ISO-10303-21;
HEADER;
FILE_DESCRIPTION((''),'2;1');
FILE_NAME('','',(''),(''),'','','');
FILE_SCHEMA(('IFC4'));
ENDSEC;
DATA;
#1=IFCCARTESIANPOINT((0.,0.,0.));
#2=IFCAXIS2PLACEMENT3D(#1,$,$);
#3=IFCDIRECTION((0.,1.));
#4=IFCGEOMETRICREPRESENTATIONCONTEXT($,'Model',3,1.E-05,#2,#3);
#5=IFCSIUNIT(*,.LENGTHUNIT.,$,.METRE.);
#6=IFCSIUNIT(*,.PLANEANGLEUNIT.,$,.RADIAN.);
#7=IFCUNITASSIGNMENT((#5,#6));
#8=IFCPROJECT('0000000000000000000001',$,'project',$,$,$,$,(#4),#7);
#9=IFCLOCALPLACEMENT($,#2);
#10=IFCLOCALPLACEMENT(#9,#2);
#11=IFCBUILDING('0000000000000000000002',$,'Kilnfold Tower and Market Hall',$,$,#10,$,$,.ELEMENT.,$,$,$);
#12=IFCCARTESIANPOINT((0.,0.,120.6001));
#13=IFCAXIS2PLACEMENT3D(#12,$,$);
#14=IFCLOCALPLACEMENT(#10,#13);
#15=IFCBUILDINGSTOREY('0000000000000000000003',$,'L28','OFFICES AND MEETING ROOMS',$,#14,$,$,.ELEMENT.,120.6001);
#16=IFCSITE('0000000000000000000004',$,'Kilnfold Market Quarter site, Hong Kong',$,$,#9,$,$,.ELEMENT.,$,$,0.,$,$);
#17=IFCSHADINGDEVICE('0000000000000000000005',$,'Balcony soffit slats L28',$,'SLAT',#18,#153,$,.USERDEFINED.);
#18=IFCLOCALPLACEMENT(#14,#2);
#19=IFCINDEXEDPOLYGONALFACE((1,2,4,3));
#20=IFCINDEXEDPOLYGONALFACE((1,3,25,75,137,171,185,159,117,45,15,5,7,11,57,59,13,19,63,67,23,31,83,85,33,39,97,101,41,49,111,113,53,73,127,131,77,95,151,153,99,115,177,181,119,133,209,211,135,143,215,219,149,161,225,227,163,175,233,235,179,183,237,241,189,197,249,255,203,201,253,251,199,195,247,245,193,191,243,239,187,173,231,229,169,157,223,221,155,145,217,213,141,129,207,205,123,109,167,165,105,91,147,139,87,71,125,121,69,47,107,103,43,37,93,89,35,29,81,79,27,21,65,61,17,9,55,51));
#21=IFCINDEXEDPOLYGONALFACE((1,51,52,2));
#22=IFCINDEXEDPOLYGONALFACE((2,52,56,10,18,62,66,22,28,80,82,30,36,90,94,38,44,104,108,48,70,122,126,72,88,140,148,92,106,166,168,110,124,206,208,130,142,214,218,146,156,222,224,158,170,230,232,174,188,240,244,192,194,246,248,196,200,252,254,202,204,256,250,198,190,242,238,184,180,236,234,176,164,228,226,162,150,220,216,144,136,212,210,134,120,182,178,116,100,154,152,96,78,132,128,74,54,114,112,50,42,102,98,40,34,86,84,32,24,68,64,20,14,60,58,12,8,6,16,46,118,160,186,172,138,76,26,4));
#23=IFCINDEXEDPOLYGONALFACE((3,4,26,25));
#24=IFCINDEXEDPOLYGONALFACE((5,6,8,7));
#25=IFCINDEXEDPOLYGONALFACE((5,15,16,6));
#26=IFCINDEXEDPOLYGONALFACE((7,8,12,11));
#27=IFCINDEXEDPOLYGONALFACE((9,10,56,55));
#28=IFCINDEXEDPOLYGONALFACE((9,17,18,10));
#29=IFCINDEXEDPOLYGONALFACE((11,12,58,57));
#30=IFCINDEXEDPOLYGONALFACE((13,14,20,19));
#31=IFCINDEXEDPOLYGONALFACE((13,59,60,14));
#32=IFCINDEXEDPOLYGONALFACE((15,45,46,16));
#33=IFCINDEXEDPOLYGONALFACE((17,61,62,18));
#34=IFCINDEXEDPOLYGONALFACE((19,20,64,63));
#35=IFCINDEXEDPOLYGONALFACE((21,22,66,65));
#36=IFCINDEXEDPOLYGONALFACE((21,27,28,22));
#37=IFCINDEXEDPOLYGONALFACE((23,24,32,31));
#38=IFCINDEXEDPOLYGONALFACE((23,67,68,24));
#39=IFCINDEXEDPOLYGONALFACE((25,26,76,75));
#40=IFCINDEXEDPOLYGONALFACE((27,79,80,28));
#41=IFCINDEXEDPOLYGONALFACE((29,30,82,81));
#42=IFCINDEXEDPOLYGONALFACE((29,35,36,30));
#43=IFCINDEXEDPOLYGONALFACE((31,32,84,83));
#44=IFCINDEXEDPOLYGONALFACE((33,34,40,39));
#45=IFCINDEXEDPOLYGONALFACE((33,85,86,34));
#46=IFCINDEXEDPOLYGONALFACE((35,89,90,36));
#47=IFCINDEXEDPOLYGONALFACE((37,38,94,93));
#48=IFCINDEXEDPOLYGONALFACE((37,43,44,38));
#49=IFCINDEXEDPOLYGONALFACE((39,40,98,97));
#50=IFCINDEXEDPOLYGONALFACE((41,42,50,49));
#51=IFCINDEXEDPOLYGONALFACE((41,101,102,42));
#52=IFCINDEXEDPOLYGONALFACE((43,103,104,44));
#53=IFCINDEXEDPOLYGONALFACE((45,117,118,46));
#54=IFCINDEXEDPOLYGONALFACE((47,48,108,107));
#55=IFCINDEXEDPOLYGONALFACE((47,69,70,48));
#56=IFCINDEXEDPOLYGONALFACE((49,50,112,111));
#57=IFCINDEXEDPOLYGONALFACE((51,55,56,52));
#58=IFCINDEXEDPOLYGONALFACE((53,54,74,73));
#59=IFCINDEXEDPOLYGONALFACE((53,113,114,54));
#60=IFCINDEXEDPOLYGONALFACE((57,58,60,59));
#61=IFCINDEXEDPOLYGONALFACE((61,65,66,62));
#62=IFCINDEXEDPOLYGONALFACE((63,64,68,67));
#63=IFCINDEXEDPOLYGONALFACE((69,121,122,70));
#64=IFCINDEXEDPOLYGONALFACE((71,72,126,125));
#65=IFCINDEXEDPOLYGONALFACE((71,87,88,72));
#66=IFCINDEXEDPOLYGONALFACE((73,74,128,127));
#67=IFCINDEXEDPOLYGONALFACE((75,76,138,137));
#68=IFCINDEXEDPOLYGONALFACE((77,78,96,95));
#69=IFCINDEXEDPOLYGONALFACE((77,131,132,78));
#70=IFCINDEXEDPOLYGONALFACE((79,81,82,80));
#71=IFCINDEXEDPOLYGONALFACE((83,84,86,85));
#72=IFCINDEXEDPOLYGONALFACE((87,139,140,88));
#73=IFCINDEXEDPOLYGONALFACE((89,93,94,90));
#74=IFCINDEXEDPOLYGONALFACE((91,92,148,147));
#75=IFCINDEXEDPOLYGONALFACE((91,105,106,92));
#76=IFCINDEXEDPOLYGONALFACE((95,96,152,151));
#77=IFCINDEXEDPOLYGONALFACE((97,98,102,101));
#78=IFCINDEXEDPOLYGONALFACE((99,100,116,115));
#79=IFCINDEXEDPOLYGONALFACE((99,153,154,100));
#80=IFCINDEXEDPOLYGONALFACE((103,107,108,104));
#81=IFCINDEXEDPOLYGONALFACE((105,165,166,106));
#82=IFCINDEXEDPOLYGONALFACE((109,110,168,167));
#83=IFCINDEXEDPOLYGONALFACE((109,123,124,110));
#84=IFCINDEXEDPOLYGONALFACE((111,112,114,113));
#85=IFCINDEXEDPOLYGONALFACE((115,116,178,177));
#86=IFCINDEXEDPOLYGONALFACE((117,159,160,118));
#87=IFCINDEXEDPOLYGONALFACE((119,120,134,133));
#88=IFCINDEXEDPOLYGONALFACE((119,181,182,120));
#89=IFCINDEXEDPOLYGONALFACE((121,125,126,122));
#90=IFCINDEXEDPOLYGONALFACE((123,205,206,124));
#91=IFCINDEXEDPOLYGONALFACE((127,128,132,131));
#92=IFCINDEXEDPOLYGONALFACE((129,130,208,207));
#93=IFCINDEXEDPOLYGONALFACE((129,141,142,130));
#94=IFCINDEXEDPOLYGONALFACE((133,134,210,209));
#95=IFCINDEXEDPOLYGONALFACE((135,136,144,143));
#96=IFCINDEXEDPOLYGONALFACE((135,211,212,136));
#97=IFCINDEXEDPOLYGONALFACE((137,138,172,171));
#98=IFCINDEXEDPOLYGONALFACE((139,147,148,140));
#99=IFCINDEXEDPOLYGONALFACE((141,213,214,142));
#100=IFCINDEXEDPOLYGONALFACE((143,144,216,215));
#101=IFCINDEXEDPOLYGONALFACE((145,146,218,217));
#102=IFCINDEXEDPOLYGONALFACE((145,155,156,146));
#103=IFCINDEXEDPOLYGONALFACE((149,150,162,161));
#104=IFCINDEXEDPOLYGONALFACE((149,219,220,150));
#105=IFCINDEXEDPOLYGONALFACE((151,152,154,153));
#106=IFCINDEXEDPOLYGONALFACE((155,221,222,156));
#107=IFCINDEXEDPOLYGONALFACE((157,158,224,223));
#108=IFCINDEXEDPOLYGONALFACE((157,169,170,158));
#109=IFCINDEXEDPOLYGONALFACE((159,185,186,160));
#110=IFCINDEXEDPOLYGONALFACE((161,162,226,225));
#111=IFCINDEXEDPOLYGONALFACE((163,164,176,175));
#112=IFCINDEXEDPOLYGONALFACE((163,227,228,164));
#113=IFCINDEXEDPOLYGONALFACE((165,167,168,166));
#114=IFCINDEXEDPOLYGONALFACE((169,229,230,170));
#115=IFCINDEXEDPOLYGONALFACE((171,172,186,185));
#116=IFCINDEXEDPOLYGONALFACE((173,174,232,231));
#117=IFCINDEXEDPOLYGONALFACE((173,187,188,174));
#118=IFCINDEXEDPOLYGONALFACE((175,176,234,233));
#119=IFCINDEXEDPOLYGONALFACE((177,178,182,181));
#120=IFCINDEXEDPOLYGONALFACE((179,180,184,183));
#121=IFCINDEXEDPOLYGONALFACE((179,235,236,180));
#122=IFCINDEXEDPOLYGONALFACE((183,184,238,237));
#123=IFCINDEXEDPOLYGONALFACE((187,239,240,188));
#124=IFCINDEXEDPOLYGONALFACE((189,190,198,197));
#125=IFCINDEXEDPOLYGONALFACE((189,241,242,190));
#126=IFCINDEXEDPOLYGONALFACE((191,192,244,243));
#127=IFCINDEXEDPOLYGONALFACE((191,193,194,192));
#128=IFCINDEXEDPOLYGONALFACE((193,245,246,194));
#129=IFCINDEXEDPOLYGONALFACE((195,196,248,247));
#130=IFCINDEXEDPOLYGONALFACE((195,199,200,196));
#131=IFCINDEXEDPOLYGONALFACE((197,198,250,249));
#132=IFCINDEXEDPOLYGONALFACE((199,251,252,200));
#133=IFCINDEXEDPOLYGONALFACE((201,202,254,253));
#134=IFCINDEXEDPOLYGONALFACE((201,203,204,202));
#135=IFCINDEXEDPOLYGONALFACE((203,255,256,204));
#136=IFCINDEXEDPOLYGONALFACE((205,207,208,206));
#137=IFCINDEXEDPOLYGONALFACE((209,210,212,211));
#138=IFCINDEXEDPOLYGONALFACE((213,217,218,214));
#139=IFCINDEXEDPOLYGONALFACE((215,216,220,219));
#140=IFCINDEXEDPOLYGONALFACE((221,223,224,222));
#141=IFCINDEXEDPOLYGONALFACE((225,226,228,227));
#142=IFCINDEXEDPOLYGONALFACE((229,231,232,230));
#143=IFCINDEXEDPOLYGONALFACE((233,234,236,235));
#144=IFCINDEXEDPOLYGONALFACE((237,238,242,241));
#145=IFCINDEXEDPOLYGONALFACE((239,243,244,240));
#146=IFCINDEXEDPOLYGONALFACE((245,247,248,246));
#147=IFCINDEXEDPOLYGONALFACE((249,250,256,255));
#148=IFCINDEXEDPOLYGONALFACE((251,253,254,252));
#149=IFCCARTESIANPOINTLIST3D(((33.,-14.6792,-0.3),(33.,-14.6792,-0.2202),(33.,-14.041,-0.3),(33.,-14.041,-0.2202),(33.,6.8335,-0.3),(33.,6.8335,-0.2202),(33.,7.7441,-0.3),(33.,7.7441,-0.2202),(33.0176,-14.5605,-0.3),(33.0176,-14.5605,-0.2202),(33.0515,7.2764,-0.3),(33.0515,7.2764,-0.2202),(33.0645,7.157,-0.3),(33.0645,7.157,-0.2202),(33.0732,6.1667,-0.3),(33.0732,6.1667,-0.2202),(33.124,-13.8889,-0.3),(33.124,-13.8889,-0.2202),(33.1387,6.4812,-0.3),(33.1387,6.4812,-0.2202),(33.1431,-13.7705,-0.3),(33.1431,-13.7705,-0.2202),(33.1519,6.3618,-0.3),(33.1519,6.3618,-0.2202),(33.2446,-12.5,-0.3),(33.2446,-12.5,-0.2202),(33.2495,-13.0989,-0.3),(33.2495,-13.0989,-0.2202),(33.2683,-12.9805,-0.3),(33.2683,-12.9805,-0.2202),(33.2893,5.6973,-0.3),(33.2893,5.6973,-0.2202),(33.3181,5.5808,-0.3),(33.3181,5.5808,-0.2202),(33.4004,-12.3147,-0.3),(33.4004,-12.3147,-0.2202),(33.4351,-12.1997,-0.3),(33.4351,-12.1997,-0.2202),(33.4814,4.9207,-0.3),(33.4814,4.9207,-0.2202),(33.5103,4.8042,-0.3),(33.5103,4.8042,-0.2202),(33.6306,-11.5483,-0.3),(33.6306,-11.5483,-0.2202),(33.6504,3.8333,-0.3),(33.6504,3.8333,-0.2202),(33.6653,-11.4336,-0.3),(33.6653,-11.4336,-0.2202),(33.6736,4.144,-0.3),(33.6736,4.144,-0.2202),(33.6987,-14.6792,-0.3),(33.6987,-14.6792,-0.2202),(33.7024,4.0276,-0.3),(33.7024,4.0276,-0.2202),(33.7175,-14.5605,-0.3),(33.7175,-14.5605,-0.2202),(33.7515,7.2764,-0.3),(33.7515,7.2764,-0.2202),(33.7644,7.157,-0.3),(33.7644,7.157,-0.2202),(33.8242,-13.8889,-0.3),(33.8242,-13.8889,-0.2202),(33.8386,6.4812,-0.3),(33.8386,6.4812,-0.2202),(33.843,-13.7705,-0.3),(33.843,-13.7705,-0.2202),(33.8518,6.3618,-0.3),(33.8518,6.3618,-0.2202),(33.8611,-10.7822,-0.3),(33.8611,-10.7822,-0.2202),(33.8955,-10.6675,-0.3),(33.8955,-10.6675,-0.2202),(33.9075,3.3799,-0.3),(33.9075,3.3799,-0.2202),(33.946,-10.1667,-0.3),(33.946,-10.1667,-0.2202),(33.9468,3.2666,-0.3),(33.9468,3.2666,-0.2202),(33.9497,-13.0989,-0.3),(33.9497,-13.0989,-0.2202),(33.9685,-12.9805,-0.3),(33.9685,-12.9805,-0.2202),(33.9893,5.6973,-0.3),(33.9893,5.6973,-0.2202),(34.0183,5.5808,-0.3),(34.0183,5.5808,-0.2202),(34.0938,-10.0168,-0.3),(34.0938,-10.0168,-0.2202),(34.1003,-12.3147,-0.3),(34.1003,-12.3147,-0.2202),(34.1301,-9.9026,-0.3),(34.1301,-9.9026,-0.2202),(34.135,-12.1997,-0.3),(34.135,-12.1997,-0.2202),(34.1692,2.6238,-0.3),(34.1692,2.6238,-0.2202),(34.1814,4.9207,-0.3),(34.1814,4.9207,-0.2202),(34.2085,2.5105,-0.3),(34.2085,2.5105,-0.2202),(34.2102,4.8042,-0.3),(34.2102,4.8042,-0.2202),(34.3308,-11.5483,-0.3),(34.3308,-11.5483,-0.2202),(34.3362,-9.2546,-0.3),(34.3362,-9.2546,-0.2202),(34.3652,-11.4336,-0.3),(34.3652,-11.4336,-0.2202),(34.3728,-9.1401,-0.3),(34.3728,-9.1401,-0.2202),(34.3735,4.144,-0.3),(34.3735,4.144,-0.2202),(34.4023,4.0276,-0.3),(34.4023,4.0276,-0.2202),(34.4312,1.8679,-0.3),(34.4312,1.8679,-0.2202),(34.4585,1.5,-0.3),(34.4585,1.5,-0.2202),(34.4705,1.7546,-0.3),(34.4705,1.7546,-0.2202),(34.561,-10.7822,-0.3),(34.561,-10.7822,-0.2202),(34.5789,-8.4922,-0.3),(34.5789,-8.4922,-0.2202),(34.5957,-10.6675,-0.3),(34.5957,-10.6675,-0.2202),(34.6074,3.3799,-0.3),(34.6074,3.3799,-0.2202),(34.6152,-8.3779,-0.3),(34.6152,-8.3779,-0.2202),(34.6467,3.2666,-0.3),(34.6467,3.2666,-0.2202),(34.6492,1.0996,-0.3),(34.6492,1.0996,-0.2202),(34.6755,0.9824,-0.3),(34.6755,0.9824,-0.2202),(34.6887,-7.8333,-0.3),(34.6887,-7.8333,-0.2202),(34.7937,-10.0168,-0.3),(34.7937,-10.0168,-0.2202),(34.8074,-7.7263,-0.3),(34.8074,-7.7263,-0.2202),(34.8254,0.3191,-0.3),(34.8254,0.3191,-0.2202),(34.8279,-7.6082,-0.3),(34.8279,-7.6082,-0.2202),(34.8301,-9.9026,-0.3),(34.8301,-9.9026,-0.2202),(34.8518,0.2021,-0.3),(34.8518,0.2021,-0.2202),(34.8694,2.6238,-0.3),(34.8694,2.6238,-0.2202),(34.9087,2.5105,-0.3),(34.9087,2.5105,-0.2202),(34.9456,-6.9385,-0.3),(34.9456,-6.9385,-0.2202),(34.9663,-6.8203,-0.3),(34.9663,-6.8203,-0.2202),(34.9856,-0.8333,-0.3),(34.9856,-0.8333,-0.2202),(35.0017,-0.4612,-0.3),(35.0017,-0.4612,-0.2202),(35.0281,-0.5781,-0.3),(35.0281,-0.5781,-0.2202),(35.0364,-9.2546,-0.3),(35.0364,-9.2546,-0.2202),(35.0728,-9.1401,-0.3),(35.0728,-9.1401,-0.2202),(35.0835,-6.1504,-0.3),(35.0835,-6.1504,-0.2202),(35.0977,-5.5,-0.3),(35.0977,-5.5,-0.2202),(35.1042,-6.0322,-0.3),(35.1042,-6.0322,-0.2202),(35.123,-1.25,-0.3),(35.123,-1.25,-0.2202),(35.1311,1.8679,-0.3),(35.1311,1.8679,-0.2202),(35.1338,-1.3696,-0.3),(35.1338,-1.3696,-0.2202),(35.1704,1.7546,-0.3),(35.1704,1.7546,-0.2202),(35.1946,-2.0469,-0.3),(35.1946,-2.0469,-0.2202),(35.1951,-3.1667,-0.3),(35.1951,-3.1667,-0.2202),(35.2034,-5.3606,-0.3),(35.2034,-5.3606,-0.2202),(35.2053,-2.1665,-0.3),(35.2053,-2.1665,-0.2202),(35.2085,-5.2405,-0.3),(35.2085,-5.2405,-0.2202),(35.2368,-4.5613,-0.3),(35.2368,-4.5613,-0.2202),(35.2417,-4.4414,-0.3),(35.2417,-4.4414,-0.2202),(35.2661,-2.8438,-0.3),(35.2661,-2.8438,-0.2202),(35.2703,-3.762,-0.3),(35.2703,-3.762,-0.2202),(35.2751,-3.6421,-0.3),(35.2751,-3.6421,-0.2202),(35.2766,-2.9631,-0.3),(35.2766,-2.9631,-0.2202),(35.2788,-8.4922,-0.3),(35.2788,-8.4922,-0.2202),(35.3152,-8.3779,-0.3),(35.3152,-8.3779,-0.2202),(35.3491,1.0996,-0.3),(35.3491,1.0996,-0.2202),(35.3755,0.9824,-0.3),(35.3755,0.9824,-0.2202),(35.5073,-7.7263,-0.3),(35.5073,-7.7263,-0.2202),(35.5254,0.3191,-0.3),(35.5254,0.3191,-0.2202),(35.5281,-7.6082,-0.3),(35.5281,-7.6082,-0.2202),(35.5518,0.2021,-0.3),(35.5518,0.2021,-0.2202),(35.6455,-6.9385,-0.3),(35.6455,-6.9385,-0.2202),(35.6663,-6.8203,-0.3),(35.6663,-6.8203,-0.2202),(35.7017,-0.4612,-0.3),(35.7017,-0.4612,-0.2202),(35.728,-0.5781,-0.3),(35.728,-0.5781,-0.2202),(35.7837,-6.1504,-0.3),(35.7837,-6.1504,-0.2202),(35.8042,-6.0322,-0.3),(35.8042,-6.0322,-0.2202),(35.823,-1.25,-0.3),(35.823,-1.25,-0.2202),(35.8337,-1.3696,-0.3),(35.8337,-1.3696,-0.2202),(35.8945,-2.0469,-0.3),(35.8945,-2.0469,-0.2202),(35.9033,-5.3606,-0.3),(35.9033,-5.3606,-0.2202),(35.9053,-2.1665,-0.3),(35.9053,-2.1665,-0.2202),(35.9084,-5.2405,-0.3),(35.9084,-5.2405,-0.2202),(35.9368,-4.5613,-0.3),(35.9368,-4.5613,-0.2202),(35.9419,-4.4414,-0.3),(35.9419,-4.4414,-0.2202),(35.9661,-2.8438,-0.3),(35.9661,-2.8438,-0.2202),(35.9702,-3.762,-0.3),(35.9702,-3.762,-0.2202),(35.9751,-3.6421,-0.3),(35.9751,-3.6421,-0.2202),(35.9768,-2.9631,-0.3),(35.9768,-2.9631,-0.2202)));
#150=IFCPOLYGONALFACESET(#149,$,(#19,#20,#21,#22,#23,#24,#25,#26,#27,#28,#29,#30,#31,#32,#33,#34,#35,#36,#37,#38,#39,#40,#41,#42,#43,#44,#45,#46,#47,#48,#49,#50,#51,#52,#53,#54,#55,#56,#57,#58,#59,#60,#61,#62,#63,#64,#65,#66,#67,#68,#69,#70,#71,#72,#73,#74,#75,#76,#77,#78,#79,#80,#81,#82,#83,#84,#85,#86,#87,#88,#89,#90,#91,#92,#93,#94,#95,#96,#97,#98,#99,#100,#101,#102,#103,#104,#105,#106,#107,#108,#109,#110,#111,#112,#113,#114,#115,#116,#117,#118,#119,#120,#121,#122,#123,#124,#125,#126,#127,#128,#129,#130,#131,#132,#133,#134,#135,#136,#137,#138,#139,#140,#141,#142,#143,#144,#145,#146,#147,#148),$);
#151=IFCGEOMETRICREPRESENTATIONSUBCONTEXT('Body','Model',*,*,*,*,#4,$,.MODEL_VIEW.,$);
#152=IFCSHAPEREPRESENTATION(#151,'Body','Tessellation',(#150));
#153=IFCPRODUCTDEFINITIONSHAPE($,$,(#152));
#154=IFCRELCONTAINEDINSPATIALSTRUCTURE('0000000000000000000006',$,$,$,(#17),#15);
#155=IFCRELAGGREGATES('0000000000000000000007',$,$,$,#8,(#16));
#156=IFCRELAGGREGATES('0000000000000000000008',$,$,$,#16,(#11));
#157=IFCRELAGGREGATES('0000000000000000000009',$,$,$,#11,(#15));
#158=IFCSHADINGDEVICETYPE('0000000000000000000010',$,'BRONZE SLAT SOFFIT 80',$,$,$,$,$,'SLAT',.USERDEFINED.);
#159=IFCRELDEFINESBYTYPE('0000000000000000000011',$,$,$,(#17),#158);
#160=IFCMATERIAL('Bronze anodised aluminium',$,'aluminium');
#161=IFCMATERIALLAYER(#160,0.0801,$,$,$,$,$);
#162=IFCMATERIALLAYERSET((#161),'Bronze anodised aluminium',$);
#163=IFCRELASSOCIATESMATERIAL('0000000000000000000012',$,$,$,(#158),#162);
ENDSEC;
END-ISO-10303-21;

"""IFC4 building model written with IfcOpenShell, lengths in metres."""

from ifc_helpers import new_model, si_unit, direction, frame, origin, place, context, subcontext, project, spatial, polyline, outline, extrude, source, transform, mapped, material, layer, layer_set, type_object, element, save


model = new_model("IFC4")

# Units and contexts
model_context = context("Model", 3, precision=1e-05, world=origin(), true_north=direction((0.0, 1.0)))
body_context = subcontext(model_context, "Body", "Model", "MODEL_VIEW")
ifc_project = project(units=[si_unit("LENGTHUNIT", "METRE"), si_unit("PLANEANGLEUNIT", "RADIAN")], contexts=[model_context])

# Site, building, storey
site_placement = place(None, origin())
site = spatial("IfcSite", under=ifc_project, at=site_placement, Name="Kilnfold Market Quarter site, Hong Kong", CompositionType="ELEMENT", RefElevation=0.0)
building_placement = place(site_placement, origin())
building = spatial("IfcBuilding", under=site, at=building_placement, Name="Kilnfold Tower and Market Hall", CompositionType="ELEMENT")
storey_placement = place(building_placement, frame((0.0, 0.0, 120.6001)))
storey = spatial("IfcBuildingStorey", under=building, at=storey_placement, Name="L28", Description="OFFICES AND MEETING ROOMS", CompositionType="ELEMENT", Elevation=120.6001)

# Shading device
ifc_material_1 = material(Name="Bronze anodised aluminium", Category="aluminium")
ifc_layer_1 = layer(ifc_material_1, 0.0801)
ifc_layer_set_1 = layer_set([ifc_layer_1], Name="Bronze anodised aluminium")
shading_device_type_1 = type_object("IfcShadingDeviceType", Name="BRONZE SLAT SOFFIT 80", ElementType="SLAT", PredefinedType="USERDEFINED", material=ifc_layer_set_1)
shared_shape_1 = source(origin(), body_context, "Body", "SweptSolid", [
    extrude(outline(polyline([(33.2446, -12.5), (33.946, -10.1667), (34.6887, -7.8333), (35.0977, -5.5), (35.1951, -3.1667), (34.9856, -0.8333), (34.4585, 1.5), (33.6504, 3.8333), (33.0732, 6.1667), (33.0, 6.8335), (33.0, 7.7441), (33.0515, 7.2764), (33.7515, 7.2764), (33.7644, 7.157), (33.0645, 7.157), (33.1387, 6.4812), (33.8386, 6.4812), (33.8518, 6.3618), (33.1519, 6.3618), (33.2893, 5.6973), (33.9893, 5.6973), (34.0183, 5.5808), (33.3181, 5.5808), (33.4814, 4.9207), (34.1814, 4.9207), (34.2102, 4.8042), (33.5103, 4.8042), (33.6736, 4.144), (34.3735, 4.144), (34.4023, 4.0276), (33.7024, 4.0276), (33.9075, 3.3799), (34.6074, 3.3799), (34.6467, 3.2666), (33.9468, 3.2666), (34.1692, 2.6238), (34.8694, 2.6238), (34.9087, 2.5105), (34.2085, 2.5105), (34.4312, 1.8679), (35.1311, 1.8679), (35.1704, 1.7546), (34.4705, 1.7546), (34.6492, 1.0996), (35.3491, 1.0996), (35.3755, 0.9824), (34.6755, 0.9824), (34.8254, 0.3191), (35.5254, 0.3191), (35.5518, 0.2021), (34.8518, 0.2021), (35.0017, -0.4612), (35.7017, -0.4612), (35.728, -0.5781), (35.0281, -0.5781), (35.123, -1.25), (35.823, -1.25), (35.8337, -1.3696), (35.1338, -1.3696), (35.1946, -2.0469), (35.8945, -2.0469), (35.9053, -2.1665), (35.2053, -2.1665), (35.2661, -2.8438), (35.9661, -2.8438), (35.9768, -2.9631), (35.2766, -2.9631), (35.2751, -3.6421), (35.9751, -3.6421), (35.9702, -3.762), (35.2703, -3.762), (35.2417, -4.4414), (35.9419, -4.4414), (35.9368, -4.5613), (35.2368, -4.5613), (35.2085, -5.2405), (35.9084, -5.2405), (35.9033, -5.3606), (35.2034, -5.3606), (35.1042, -6.0322), (35.8042, -6.0322), (35.7837, -6.1504), (35.0835, -6.1504), (34.9663, -6.8203), (35.6663, -6.8203), (35.6455, -6.9385), (34.9456, -6.9385), (34.8279, -7.6082), (35.5281, -7.6082), (35.5073, -7.7263), (34.8074, -7.7263), (34.6152, -8.3779), (35.3152, -8.3779), (35.2788, -8.4922), (34.5789, -8.4922), (34.3728, -9.1401), (35.0728, -9.1401), (35.0364, -9.2546), (34.3362, -9.2546), (34.1301, -9.9026), (34.8301, -9.9026), (34.7937, -10.0168), (34.0938, -10.0168), (33.8955, -10.6675), (34.5957, -10.6675), (34.561, -10.7822), (33.8611, -10.7822), (33.6653, -11.4336), (34.3652, -11.4336), (34.3308, -11.5483), (33.6306, -11.5483), (33.4351, -12.1997), (34.135, -12.1997), (34.1003, -12.3147), (33.4004, -12.3147), (33.2683, -12.9805), (33.9685, -12.9805), (33.9497, -13.0989), (33.2495, -13.0989), (33.1431, -13.7705), (33.843, -13.7705), (33.8242, -13.8889), (33.124, -13.8889), (33.0176, -14.5605), (33.7175, -14.5605), (33.6987, -14.6792), (33.0, -14.6792), (33.0, -14.041), (33.2446, -12.5)])), origin(), (0.0, 0.0, 1.0), 0.0798),
])
shading_device_1_placement = place(storey_placement, frame((0.0, 0.0, -0.3)))
element("IfcShadingDevice", 1, at=shading_device_1_placement, inside=storey, type_object=shading_device_type_1, Name="Balcony soffit slats L28", ObjectType="SLAT", PredefinedType="USERDEFINED", context=body_context, shape_type="MappedRepresentation", body=[
    mapped(shared_shape_1, transform((0.0, 0.0, 0.0))),
])

save(model, "model.ifc")
